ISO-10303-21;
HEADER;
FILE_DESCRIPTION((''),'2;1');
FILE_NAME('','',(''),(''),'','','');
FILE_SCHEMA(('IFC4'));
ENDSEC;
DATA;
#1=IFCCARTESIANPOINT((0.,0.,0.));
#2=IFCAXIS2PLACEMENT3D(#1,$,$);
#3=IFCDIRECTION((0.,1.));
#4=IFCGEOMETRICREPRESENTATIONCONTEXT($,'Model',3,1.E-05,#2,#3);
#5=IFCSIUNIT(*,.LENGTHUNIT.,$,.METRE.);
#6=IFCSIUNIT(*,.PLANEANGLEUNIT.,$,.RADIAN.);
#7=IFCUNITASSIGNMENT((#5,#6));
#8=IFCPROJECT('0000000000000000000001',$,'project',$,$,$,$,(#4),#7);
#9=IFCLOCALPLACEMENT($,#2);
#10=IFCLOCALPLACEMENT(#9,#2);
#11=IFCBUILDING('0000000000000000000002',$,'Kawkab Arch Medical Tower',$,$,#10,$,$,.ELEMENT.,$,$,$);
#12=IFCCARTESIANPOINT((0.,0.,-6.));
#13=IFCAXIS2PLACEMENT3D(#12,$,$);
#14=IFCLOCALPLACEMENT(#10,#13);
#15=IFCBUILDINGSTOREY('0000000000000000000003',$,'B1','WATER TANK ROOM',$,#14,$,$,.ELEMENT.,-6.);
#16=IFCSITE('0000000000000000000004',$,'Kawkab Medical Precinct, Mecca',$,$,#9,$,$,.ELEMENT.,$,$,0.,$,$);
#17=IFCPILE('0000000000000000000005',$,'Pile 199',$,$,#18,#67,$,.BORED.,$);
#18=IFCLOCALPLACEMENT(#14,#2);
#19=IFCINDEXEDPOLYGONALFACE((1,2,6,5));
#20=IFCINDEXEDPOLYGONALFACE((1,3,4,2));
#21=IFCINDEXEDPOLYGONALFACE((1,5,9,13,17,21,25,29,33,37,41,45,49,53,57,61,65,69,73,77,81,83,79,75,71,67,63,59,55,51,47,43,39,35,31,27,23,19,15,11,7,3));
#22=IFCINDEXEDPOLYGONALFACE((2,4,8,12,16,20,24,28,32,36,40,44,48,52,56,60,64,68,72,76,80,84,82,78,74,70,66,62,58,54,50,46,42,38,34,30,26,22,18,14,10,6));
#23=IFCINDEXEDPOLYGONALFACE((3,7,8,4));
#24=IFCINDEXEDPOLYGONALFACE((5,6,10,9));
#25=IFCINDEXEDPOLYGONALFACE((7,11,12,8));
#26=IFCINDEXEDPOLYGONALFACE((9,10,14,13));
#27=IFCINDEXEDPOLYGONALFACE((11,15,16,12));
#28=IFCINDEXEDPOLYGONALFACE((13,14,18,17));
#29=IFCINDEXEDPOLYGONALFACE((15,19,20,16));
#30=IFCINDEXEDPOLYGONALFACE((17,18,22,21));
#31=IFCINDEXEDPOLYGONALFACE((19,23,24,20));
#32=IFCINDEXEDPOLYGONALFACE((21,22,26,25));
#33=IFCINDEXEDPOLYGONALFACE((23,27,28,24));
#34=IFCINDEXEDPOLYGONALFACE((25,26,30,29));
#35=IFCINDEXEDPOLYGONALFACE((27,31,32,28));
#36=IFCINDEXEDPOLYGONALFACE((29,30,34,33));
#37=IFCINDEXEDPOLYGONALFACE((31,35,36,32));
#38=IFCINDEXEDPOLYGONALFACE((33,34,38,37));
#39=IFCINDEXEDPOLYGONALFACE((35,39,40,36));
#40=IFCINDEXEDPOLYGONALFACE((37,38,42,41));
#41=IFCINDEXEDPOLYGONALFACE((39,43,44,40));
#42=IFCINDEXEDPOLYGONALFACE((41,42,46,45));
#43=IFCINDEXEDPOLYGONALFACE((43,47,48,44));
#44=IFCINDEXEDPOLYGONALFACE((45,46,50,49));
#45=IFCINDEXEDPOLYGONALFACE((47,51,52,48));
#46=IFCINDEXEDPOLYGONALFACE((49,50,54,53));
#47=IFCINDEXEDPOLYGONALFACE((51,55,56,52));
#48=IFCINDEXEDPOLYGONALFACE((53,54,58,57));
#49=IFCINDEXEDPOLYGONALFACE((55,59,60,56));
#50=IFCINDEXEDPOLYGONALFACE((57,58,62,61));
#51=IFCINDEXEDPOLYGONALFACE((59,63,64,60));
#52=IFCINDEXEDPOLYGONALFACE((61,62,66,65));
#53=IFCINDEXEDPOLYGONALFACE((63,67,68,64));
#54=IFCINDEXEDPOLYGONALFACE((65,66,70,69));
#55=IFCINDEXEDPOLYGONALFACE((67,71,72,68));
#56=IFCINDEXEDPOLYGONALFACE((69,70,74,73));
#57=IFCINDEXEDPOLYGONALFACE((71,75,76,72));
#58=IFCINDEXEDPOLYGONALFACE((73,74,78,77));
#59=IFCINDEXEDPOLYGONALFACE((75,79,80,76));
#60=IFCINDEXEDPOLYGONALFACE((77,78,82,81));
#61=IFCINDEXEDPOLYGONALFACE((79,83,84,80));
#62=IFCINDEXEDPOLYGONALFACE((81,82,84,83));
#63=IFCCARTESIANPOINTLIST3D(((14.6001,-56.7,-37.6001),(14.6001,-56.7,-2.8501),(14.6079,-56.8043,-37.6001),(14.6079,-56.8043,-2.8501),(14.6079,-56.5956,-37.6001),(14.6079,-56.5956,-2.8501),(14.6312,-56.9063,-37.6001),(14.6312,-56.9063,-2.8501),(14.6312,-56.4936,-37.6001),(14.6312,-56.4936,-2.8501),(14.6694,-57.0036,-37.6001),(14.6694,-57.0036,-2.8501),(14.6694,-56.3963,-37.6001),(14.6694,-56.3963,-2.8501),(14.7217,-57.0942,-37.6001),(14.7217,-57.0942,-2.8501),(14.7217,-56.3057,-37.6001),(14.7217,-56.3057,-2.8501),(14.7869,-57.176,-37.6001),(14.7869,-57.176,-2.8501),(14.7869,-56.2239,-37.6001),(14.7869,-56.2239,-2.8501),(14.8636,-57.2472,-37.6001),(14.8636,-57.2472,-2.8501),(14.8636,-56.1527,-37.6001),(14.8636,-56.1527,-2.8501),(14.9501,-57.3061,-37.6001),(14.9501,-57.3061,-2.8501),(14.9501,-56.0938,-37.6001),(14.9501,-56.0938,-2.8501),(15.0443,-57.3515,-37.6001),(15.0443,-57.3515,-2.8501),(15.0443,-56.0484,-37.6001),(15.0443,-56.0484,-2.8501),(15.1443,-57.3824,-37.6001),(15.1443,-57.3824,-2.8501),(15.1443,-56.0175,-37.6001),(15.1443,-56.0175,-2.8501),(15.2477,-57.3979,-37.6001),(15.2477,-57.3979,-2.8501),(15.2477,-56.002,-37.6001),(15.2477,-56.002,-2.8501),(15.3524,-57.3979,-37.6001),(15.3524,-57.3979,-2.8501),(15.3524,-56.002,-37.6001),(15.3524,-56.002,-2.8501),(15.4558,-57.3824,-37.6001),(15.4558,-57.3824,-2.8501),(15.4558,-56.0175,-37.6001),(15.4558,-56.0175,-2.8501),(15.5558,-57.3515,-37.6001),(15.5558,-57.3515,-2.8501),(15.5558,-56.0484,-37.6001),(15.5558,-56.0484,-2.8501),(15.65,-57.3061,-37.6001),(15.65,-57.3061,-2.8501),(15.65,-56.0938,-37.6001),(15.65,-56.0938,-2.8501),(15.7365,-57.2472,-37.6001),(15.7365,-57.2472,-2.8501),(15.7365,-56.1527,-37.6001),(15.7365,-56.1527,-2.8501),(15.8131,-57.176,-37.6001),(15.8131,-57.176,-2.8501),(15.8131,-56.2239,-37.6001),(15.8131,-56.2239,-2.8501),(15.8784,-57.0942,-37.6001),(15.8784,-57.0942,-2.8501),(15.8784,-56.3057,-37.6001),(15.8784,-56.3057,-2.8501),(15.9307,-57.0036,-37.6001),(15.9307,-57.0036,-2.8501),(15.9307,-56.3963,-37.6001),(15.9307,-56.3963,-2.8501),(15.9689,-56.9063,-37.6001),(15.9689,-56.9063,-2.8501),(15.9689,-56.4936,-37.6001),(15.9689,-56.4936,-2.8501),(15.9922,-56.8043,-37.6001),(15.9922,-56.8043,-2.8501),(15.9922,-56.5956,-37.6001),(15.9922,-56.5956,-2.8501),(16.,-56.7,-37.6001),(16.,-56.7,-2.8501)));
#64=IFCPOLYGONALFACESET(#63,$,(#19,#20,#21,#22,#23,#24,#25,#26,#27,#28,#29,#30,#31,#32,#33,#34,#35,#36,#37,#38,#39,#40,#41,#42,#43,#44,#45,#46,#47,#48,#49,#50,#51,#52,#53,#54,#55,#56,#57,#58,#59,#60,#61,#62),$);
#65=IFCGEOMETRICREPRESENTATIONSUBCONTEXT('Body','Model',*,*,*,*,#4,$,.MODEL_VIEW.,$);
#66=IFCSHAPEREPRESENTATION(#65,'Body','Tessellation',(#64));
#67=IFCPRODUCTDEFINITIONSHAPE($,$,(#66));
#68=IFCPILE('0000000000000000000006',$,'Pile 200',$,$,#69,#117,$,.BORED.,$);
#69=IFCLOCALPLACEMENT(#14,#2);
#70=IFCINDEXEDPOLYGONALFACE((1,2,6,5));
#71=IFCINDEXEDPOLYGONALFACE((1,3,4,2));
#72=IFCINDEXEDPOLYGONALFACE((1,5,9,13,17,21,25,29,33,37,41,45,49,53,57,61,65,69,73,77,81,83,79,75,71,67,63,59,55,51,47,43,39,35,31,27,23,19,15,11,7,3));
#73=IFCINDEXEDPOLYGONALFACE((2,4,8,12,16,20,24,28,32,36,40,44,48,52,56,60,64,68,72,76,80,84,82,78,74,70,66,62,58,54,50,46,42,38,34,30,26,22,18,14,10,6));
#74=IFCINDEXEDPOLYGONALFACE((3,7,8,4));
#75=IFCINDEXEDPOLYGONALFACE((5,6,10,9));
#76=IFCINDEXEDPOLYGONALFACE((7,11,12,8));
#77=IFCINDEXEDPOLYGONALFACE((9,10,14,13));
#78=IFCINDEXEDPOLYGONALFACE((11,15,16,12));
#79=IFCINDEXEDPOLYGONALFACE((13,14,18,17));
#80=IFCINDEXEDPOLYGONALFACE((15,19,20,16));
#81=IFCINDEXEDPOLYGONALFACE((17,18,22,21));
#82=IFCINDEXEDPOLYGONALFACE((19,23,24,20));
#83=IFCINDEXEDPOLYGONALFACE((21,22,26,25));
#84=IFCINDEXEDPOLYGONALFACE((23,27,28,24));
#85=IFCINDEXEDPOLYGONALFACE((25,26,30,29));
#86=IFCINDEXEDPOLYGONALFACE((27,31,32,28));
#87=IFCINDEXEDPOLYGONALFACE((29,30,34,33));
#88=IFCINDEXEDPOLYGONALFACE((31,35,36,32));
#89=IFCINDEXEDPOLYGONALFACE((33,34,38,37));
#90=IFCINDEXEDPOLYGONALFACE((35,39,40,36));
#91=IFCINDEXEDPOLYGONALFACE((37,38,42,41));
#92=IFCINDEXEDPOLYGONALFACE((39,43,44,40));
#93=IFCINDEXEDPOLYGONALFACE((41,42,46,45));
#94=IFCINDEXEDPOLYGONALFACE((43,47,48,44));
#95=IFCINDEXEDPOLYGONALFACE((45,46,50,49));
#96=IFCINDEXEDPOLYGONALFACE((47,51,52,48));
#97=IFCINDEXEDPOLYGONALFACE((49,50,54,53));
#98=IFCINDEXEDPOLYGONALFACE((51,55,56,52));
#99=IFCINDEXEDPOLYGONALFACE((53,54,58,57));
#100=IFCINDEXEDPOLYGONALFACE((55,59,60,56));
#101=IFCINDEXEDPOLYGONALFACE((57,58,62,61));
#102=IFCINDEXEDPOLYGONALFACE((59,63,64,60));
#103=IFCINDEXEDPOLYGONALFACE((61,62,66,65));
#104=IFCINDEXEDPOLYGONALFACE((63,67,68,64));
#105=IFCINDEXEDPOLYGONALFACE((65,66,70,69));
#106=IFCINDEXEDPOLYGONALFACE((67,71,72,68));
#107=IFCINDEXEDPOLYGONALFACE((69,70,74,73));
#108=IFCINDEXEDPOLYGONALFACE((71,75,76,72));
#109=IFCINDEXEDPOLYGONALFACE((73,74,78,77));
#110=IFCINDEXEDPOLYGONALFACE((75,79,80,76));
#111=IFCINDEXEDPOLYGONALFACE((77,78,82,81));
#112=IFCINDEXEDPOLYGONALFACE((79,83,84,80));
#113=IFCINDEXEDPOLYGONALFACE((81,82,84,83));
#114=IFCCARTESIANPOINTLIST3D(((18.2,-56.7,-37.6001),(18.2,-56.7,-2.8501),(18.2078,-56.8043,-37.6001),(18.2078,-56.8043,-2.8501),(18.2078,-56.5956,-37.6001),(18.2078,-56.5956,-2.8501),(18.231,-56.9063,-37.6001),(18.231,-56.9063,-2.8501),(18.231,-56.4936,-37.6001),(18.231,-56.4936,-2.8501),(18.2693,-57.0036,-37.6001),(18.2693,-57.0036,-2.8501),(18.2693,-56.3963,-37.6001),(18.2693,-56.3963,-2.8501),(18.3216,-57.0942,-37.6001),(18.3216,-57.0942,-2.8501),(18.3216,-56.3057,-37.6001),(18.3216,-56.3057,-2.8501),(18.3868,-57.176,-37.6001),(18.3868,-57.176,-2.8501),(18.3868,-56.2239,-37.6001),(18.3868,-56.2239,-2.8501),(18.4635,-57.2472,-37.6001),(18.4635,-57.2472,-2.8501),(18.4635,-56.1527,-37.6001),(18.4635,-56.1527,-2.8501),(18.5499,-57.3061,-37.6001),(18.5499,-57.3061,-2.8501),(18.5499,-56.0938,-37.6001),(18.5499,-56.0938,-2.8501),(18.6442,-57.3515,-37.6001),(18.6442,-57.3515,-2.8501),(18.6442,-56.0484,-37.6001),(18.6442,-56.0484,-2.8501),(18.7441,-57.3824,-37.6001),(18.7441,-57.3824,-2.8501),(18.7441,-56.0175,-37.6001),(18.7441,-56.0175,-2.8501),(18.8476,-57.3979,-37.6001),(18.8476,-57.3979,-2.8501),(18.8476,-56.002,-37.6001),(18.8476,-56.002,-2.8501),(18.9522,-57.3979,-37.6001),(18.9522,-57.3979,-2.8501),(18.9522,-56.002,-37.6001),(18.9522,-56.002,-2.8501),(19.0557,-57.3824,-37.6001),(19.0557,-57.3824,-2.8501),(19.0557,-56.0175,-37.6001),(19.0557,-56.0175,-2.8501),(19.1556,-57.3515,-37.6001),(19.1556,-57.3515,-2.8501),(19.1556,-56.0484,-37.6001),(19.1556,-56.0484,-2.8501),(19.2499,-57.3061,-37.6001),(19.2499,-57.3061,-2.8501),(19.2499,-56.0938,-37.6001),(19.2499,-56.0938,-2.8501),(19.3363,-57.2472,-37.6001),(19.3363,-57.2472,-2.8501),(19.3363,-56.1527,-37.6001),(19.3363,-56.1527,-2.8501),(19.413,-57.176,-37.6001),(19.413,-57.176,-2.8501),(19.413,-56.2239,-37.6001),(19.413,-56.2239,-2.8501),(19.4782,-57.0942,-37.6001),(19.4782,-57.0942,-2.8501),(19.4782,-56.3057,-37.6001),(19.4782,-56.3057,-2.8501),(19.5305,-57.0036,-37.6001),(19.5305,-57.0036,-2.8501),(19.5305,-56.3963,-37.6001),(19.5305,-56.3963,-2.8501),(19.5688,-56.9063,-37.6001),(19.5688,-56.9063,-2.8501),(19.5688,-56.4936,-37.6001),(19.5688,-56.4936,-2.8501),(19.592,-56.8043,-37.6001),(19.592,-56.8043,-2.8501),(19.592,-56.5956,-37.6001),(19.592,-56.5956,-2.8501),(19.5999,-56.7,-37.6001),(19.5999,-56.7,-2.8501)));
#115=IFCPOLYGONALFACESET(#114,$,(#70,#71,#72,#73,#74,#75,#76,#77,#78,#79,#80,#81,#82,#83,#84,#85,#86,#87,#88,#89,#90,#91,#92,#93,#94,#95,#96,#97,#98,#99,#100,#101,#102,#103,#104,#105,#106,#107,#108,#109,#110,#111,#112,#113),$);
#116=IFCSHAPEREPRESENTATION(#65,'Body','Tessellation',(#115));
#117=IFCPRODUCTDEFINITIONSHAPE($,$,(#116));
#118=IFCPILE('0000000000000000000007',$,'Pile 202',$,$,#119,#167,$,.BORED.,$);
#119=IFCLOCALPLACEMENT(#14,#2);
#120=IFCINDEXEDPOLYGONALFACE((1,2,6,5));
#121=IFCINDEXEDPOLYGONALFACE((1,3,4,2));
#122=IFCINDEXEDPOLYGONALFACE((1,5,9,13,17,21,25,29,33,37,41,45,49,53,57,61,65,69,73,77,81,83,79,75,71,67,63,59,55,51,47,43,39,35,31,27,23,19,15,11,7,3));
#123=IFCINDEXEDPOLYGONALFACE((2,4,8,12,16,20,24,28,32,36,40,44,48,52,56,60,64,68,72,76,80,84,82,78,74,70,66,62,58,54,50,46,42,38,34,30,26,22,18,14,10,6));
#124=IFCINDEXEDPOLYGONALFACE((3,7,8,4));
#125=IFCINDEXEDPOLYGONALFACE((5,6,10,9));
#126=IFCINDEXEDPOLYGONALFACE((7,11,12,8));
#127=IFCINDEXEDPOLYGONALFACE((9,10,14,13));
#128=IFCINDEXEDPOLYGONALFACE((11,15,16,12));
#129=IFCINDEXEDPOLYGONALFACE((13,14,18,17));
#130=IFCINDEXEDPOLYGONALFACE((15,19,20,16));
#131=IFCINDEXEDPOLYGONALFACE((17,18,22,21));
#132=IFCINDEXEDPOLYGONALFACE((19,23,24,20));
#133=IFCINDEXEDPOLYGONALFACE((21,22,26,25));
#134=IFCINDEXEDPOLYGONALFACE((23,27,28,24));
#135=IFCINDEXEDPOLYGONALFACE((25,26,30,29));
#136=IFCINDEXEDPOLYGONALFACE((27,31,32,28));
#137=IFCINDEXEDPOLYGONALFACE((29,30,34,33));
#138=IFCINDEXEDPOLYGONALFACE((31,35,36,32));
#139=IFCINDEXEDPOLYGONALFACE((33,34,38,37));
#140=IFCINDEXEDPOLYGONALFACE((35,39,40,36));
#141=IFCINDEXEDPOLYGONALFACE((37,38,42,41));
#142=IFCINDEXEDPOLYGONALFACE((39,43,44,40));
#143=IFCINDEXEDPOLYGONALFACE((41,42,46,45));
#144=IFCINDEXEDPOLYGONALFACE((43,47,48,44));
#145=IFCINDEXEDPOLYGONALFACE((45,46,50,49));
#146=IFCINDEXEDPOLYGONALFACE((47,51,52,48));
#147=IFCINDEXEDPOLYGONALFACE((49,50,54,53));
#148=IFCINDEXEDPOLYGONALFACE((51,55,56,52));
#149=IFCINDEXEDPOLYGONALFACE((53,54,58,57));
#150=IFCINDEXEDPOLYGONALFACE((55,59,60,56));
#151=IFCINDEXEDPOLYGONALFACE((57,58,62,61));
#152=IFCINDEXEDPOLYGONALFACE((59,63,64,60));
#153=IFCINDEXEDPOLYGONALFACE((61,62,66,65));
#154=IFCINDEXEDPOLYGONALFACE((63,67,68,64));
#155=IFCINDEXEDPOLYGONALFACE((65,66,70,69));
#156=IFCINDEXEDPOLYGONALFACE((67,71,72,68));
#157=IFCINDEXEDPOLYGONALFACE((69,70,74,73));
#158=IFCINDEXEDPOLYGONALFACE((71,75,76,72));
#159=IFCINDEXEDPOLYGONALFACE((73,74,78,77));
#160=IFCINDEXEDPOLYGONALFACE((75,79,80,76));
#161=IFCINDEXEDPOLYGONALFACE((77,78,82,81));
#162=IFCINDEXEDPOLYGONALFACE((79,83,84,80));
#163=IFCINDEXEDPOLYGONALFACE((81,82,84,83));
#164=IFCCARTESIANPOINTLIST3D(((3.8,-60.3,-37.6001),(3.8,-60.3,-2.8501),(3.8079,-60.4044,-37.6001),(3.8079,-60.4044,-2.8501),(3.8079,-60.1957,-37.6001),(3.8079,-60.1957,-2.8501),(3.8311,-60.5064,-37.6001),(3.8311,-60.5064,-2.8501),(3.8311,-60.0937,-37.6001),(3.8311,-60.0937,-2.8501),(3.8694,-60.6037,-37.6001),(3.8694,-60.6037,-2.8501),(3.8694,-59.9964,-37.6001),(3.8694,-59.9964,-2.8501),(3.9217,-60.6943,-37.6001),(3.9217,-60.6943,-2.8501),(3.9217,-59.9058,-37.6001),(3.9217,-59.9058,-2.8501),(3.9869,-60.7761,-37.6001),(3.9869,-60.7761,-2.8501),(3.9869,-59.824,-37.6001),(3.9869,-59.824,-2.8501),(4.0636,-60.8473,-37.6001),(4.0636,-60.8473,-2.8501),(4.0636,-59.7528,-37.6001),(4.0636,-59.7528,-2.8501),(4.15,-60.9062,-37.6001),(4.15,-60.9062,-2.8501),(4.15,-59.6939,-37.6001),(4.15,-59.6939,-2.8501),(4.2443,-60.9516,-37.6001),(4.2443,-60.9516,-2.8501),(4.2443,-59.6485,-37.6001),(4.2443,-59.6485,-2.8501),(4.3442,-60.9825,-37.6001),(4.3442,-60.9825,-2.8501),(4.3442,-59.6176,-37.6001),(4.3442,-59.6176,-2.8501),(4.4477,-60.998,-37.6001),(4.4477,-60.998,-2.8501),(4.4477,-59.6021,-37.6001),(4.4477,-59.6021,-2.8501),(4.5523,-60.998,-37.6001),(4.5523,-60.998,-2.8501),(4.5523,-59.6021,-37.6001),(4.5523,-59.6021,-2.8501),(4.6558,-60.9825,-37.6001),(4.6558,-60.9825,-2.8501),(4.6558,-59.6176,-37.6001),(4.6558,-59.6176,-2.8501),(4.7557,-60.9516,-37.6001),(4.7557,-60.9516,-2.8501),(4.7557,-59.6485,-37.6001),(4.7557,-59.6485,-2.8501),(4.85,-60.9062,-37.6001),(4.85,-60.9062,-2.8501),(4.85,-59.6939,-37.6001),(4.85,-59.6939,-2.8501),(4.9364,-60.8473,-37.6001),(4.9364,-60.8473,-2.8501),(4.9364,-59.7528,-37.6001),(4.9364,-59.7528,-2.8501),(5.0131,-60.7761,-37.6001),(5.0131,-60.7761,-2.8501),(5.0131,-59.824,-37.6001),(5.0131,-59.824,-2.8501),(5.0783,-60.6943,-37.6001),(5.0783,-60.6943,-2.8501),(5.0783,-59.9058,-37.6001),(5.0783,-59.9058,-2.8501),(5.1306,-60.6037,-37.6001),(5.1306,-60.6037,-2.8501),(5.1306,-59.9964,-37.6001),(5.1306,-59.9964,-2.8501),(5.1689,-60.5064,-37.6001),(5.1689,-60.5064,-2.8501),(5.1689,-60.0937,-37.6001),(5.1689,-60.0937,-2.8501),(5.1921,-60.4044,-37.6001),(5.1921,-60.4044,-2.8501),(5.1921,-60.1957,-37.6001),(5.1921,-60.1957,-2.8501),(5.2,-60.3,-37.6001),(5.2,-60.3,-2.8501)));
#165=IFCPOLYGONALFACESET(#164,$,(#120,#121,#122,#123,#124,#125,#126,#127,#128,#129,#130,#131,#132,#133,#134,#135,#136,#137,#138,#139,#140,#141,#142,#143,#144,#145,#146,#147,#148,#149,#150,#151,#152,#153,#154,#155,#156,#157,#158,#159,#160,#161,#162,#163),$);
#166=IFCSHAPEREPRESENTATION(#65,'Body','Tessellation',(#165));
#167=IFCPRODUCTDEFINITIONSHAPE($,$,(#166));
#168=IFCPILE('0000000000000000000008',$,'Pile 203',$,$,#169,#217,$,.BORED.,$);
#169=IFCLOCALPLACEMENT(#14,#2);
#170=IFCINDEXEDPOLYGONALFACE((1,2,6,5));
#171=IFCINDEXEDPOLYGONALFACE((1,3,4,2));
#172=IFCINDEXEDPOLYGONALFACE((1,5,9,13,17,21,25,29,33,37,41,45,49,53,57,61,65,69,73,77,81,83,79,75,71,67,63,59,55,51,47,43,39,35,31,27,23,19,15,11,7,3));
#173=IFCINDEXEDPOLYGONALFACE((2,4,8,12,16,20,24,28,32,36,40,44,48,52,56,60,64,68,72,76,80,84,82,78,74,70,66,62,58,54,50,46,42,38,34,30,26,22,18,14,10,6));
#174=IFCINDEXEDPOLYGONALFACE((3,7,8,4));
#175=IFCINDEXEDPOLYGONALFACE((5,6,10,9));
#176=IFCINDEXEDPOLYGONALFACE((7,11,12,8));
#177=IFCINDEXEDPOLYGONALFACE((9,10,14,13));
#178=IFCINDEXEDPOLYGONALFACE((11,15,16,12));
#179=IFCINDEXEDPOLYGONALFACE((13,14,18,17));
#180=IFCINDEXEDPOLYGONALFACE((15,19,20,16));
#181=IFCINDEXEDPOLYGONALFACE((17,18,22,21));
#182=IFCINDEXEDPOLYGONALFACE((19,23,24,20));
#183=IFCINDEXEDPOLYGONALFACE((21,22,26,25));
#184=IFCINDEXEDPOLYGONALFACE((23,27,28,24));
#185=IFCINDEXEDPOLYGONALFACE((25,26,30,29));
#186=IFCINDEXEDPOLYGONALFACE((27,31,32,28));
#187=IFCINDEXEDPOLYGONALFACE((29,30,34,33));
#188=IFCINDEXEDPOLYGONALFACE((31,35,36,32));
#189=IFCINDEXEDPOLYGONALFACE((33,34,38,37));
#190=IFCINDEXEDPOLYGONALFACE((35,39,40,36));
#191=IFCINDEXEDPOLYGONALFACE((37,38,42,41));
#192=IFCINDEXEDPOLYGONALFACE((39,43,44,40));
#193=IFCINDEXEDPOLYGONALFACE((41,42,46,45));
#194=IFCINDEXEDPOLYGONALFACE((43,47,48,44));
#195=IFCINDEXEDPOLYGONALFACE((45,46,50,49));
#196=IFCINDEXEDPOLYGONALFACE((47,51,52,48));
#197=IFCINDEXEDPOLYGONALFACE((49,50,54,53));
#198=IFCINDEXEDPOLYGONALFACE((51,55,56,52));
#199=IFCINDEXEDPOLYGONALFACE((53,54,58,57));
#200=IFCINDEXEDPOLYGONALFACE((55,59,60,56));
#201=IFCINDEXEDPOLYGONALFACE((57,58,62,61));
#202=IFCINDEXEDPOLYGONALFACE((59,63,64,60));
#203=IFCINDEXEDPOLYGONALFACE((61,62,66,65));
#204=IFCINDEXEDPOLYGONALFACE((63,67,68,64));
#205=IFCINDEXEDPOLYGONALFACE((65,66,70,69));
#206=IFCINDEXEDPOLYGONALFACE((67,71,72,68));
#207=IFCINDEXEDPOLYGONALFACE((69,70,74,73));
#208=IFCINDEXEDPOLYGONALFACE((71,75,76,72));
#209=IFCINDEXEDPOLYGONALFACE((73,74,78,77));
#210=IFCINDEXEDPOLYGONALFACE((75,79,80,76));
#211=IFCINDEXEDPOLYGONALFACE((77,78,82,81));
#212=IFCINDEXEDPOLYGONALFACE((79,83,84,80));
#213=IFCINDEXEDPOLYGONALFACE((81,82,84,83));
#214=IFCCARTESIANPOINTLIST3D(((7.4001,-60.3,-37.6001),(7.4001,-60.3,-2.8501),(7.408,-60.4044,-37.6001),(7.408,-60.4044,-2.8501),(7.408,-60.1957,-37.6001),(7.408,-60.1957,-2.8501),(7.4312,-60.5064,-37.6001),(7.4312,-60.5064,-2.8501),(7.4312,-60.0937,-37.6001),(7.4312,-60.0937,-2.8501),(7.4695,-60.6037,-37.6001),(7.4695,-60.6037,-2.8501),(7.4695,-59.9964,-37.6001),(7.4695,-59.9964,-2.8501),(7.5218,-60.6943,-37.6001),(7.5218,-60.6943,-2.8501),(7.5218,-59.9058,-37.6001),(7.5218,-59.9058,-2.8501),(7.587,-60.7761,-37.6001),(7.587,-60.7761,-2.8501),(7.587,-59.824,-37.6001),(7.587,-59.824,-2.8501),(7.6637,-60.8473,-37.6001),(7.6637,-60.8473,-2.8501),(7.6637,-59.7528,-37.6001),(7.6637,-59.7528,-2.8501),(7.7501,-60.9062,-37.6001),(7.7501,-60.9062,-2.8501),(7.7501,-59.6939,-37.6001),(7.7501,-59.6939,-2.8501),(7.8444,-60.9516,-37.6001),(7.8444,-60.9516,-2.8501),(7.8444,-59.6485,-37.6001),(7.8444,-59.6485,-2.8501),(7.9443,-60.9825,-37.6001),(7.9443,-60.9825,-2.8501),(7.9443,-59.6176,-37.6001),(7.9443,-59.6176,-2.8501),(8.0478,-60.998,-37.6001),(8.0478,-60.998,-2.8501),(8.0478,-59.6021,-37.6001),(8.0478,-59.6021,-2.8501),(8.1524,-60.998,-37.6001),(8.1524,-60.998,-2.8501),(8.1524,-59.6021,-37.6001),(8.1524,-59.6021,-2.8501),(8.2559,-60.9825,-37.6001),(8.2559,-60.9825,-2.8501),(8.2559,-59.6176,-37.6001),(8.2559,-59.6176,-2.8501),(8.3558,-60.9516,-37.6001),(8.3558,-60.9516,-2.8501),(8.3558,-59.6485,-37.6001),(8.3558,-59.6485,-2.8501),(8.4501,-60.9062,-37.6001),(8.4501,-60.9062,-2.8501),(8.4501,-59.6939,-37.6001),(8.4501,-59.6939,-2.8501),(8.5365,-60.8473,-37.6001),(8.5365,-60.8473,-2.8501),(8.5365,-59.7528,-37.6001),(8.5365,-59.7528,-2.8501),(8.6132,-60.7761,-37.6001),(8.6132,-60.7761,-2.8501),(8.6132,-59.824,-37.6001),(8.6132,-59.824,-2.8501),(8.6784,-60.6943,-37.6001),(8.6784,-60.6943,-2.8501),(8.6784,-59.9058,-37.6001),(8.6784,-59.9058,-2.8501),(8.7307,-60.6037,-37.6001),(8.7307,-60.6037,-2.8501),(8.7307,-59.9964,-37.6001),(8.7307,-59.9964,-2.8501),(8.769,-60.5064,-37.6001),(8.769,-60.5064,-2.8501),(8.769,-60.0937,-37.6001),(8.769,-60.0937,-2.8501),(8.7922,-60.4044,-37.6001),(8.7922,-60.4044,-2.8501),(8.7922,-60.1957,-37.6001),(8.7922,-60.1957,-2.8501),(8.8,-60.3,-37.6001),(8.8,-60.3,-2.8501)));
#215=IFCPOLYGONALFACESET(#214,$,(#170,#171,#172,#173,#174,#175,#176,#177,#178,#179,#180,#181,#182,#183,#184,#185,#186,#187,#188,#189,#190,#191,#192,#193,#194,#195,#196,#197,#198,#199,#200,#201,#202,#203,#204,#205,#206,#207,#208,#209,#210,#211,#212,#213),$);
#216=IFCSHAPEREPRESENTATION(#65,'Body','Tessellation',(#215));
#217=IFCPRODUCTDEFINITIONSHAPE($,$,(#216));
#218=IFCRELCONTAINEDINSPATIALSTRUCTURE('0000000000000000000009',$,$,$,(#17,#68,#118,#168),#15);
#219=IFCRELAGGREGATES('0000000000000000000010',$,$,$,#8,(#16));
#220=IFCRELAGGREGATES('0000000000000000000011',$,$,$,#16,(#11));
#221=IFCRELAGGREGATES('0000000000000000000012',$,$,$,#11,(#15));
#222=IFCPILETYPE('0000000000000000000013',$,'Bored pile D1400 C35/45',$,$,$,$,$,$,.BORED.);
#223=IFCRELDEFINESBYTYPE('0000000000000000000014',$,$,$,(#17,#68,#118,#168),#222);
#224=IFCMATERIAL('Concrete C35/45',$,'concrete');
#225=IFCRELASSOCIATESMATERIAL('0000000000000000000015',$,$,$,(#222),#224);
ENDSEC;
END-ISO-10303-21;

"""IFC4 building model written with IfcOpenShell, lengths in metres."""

from ifc_helpers import new_model, si_unit, direction, frame, origin, origin_2d, place, context, subcontext, project, spatial, circle, extrude, material, material_profile, profile_set, type_object, element, save


model = new_model("IFC4")

# Units and contexts
model_context = context("Model", 3, precision=1e-05, world=origin(), true_north=direction((0.0, 1.0)))
body_context = subcontext(model_context, "Body", "Model", "MODEL_VIEW")
ifc_project = project(units=[si_unit("LENGTHUNIT", "METRE"), si_unit("PLANEANGLEUNIT", "RADIAN")], contexts=[model_context])

# Site, building, storey
site_placement = place(None, origin())
site = spatial("IfcSite", under=ifc_project, at=site_placement, Name="Kawkab Medical Precinct, Mecca", CompositionType="ELEMENT", RefElevation=0.0)
building_placement = place(site_placement, origin())
building = spatial("IfcBuilding", under=site, at=building_placement, Name="Kawkab Arch Medical Tower", CompositionType="ELEMENT")
storey_placement = place(building_placement, frame((0.0, 0.0, -6.0)))
storey = spatial("IfcBuildingStorey", under=building, at=storey_placement, Name="B1", Description="WATER TANK ROOM", CompositionType="ELEMENT", Elevation=-6.0)

# Piles
ifc_material_1 = material(Name="Concrete C35/45", Category="concrete")
ifc_material_profile_1 = material_profile(ifc_material_1, circle(Radius=0.7, at=origin_2d()), Name="Bored pile D1400")
ifc_profile_set_1 = profile_set([ifc_material_profile_1], Name="Concrete C35/45")
pile_type = type_object("IfcPileType", Name="Bored pile D1400 C35/45", PredefinedType="BORED", material=ifc_profile_set_1)
for number, where, z_axis, x_axis, name in (
    (1, (15.3, -56.7, -2.8501), (0.0, 0.0, -1.0), (1.0, 0.0, 0.0), "Pile 199"),
    (2, (18.8999, -56.7, -2.8501), (0.0, 0.0, -1.0), (1.0, 0.0, 0.0), "Pile 200"),
    (3, (4.5, -60.3, -2.8501), (0.0, 0.0, -1.0), (1.0, 0.0, 0.0), "Pile 202"),
    (4, (8.1001, -60.3, -2.8501), (0.0, 0.0, -1.0), (1.0, 0.0, 0.0), "Pile 203"),
):
    element("IfcPile", number, at=place(storey_placement, frame(where, z_axis=z_axis, x_axis=x_axis)), inside=storey, type_object=pile_type, Name=name, PredefinedType="BORED", context=body_context, shape_type="SweptSolid", body=[
        extrude(circle(Radius=0.7, at=origin_2d()), origin(), (0.0, 0.0, 1.0), 34.75),
    ])

save(model, "model.ifc")
